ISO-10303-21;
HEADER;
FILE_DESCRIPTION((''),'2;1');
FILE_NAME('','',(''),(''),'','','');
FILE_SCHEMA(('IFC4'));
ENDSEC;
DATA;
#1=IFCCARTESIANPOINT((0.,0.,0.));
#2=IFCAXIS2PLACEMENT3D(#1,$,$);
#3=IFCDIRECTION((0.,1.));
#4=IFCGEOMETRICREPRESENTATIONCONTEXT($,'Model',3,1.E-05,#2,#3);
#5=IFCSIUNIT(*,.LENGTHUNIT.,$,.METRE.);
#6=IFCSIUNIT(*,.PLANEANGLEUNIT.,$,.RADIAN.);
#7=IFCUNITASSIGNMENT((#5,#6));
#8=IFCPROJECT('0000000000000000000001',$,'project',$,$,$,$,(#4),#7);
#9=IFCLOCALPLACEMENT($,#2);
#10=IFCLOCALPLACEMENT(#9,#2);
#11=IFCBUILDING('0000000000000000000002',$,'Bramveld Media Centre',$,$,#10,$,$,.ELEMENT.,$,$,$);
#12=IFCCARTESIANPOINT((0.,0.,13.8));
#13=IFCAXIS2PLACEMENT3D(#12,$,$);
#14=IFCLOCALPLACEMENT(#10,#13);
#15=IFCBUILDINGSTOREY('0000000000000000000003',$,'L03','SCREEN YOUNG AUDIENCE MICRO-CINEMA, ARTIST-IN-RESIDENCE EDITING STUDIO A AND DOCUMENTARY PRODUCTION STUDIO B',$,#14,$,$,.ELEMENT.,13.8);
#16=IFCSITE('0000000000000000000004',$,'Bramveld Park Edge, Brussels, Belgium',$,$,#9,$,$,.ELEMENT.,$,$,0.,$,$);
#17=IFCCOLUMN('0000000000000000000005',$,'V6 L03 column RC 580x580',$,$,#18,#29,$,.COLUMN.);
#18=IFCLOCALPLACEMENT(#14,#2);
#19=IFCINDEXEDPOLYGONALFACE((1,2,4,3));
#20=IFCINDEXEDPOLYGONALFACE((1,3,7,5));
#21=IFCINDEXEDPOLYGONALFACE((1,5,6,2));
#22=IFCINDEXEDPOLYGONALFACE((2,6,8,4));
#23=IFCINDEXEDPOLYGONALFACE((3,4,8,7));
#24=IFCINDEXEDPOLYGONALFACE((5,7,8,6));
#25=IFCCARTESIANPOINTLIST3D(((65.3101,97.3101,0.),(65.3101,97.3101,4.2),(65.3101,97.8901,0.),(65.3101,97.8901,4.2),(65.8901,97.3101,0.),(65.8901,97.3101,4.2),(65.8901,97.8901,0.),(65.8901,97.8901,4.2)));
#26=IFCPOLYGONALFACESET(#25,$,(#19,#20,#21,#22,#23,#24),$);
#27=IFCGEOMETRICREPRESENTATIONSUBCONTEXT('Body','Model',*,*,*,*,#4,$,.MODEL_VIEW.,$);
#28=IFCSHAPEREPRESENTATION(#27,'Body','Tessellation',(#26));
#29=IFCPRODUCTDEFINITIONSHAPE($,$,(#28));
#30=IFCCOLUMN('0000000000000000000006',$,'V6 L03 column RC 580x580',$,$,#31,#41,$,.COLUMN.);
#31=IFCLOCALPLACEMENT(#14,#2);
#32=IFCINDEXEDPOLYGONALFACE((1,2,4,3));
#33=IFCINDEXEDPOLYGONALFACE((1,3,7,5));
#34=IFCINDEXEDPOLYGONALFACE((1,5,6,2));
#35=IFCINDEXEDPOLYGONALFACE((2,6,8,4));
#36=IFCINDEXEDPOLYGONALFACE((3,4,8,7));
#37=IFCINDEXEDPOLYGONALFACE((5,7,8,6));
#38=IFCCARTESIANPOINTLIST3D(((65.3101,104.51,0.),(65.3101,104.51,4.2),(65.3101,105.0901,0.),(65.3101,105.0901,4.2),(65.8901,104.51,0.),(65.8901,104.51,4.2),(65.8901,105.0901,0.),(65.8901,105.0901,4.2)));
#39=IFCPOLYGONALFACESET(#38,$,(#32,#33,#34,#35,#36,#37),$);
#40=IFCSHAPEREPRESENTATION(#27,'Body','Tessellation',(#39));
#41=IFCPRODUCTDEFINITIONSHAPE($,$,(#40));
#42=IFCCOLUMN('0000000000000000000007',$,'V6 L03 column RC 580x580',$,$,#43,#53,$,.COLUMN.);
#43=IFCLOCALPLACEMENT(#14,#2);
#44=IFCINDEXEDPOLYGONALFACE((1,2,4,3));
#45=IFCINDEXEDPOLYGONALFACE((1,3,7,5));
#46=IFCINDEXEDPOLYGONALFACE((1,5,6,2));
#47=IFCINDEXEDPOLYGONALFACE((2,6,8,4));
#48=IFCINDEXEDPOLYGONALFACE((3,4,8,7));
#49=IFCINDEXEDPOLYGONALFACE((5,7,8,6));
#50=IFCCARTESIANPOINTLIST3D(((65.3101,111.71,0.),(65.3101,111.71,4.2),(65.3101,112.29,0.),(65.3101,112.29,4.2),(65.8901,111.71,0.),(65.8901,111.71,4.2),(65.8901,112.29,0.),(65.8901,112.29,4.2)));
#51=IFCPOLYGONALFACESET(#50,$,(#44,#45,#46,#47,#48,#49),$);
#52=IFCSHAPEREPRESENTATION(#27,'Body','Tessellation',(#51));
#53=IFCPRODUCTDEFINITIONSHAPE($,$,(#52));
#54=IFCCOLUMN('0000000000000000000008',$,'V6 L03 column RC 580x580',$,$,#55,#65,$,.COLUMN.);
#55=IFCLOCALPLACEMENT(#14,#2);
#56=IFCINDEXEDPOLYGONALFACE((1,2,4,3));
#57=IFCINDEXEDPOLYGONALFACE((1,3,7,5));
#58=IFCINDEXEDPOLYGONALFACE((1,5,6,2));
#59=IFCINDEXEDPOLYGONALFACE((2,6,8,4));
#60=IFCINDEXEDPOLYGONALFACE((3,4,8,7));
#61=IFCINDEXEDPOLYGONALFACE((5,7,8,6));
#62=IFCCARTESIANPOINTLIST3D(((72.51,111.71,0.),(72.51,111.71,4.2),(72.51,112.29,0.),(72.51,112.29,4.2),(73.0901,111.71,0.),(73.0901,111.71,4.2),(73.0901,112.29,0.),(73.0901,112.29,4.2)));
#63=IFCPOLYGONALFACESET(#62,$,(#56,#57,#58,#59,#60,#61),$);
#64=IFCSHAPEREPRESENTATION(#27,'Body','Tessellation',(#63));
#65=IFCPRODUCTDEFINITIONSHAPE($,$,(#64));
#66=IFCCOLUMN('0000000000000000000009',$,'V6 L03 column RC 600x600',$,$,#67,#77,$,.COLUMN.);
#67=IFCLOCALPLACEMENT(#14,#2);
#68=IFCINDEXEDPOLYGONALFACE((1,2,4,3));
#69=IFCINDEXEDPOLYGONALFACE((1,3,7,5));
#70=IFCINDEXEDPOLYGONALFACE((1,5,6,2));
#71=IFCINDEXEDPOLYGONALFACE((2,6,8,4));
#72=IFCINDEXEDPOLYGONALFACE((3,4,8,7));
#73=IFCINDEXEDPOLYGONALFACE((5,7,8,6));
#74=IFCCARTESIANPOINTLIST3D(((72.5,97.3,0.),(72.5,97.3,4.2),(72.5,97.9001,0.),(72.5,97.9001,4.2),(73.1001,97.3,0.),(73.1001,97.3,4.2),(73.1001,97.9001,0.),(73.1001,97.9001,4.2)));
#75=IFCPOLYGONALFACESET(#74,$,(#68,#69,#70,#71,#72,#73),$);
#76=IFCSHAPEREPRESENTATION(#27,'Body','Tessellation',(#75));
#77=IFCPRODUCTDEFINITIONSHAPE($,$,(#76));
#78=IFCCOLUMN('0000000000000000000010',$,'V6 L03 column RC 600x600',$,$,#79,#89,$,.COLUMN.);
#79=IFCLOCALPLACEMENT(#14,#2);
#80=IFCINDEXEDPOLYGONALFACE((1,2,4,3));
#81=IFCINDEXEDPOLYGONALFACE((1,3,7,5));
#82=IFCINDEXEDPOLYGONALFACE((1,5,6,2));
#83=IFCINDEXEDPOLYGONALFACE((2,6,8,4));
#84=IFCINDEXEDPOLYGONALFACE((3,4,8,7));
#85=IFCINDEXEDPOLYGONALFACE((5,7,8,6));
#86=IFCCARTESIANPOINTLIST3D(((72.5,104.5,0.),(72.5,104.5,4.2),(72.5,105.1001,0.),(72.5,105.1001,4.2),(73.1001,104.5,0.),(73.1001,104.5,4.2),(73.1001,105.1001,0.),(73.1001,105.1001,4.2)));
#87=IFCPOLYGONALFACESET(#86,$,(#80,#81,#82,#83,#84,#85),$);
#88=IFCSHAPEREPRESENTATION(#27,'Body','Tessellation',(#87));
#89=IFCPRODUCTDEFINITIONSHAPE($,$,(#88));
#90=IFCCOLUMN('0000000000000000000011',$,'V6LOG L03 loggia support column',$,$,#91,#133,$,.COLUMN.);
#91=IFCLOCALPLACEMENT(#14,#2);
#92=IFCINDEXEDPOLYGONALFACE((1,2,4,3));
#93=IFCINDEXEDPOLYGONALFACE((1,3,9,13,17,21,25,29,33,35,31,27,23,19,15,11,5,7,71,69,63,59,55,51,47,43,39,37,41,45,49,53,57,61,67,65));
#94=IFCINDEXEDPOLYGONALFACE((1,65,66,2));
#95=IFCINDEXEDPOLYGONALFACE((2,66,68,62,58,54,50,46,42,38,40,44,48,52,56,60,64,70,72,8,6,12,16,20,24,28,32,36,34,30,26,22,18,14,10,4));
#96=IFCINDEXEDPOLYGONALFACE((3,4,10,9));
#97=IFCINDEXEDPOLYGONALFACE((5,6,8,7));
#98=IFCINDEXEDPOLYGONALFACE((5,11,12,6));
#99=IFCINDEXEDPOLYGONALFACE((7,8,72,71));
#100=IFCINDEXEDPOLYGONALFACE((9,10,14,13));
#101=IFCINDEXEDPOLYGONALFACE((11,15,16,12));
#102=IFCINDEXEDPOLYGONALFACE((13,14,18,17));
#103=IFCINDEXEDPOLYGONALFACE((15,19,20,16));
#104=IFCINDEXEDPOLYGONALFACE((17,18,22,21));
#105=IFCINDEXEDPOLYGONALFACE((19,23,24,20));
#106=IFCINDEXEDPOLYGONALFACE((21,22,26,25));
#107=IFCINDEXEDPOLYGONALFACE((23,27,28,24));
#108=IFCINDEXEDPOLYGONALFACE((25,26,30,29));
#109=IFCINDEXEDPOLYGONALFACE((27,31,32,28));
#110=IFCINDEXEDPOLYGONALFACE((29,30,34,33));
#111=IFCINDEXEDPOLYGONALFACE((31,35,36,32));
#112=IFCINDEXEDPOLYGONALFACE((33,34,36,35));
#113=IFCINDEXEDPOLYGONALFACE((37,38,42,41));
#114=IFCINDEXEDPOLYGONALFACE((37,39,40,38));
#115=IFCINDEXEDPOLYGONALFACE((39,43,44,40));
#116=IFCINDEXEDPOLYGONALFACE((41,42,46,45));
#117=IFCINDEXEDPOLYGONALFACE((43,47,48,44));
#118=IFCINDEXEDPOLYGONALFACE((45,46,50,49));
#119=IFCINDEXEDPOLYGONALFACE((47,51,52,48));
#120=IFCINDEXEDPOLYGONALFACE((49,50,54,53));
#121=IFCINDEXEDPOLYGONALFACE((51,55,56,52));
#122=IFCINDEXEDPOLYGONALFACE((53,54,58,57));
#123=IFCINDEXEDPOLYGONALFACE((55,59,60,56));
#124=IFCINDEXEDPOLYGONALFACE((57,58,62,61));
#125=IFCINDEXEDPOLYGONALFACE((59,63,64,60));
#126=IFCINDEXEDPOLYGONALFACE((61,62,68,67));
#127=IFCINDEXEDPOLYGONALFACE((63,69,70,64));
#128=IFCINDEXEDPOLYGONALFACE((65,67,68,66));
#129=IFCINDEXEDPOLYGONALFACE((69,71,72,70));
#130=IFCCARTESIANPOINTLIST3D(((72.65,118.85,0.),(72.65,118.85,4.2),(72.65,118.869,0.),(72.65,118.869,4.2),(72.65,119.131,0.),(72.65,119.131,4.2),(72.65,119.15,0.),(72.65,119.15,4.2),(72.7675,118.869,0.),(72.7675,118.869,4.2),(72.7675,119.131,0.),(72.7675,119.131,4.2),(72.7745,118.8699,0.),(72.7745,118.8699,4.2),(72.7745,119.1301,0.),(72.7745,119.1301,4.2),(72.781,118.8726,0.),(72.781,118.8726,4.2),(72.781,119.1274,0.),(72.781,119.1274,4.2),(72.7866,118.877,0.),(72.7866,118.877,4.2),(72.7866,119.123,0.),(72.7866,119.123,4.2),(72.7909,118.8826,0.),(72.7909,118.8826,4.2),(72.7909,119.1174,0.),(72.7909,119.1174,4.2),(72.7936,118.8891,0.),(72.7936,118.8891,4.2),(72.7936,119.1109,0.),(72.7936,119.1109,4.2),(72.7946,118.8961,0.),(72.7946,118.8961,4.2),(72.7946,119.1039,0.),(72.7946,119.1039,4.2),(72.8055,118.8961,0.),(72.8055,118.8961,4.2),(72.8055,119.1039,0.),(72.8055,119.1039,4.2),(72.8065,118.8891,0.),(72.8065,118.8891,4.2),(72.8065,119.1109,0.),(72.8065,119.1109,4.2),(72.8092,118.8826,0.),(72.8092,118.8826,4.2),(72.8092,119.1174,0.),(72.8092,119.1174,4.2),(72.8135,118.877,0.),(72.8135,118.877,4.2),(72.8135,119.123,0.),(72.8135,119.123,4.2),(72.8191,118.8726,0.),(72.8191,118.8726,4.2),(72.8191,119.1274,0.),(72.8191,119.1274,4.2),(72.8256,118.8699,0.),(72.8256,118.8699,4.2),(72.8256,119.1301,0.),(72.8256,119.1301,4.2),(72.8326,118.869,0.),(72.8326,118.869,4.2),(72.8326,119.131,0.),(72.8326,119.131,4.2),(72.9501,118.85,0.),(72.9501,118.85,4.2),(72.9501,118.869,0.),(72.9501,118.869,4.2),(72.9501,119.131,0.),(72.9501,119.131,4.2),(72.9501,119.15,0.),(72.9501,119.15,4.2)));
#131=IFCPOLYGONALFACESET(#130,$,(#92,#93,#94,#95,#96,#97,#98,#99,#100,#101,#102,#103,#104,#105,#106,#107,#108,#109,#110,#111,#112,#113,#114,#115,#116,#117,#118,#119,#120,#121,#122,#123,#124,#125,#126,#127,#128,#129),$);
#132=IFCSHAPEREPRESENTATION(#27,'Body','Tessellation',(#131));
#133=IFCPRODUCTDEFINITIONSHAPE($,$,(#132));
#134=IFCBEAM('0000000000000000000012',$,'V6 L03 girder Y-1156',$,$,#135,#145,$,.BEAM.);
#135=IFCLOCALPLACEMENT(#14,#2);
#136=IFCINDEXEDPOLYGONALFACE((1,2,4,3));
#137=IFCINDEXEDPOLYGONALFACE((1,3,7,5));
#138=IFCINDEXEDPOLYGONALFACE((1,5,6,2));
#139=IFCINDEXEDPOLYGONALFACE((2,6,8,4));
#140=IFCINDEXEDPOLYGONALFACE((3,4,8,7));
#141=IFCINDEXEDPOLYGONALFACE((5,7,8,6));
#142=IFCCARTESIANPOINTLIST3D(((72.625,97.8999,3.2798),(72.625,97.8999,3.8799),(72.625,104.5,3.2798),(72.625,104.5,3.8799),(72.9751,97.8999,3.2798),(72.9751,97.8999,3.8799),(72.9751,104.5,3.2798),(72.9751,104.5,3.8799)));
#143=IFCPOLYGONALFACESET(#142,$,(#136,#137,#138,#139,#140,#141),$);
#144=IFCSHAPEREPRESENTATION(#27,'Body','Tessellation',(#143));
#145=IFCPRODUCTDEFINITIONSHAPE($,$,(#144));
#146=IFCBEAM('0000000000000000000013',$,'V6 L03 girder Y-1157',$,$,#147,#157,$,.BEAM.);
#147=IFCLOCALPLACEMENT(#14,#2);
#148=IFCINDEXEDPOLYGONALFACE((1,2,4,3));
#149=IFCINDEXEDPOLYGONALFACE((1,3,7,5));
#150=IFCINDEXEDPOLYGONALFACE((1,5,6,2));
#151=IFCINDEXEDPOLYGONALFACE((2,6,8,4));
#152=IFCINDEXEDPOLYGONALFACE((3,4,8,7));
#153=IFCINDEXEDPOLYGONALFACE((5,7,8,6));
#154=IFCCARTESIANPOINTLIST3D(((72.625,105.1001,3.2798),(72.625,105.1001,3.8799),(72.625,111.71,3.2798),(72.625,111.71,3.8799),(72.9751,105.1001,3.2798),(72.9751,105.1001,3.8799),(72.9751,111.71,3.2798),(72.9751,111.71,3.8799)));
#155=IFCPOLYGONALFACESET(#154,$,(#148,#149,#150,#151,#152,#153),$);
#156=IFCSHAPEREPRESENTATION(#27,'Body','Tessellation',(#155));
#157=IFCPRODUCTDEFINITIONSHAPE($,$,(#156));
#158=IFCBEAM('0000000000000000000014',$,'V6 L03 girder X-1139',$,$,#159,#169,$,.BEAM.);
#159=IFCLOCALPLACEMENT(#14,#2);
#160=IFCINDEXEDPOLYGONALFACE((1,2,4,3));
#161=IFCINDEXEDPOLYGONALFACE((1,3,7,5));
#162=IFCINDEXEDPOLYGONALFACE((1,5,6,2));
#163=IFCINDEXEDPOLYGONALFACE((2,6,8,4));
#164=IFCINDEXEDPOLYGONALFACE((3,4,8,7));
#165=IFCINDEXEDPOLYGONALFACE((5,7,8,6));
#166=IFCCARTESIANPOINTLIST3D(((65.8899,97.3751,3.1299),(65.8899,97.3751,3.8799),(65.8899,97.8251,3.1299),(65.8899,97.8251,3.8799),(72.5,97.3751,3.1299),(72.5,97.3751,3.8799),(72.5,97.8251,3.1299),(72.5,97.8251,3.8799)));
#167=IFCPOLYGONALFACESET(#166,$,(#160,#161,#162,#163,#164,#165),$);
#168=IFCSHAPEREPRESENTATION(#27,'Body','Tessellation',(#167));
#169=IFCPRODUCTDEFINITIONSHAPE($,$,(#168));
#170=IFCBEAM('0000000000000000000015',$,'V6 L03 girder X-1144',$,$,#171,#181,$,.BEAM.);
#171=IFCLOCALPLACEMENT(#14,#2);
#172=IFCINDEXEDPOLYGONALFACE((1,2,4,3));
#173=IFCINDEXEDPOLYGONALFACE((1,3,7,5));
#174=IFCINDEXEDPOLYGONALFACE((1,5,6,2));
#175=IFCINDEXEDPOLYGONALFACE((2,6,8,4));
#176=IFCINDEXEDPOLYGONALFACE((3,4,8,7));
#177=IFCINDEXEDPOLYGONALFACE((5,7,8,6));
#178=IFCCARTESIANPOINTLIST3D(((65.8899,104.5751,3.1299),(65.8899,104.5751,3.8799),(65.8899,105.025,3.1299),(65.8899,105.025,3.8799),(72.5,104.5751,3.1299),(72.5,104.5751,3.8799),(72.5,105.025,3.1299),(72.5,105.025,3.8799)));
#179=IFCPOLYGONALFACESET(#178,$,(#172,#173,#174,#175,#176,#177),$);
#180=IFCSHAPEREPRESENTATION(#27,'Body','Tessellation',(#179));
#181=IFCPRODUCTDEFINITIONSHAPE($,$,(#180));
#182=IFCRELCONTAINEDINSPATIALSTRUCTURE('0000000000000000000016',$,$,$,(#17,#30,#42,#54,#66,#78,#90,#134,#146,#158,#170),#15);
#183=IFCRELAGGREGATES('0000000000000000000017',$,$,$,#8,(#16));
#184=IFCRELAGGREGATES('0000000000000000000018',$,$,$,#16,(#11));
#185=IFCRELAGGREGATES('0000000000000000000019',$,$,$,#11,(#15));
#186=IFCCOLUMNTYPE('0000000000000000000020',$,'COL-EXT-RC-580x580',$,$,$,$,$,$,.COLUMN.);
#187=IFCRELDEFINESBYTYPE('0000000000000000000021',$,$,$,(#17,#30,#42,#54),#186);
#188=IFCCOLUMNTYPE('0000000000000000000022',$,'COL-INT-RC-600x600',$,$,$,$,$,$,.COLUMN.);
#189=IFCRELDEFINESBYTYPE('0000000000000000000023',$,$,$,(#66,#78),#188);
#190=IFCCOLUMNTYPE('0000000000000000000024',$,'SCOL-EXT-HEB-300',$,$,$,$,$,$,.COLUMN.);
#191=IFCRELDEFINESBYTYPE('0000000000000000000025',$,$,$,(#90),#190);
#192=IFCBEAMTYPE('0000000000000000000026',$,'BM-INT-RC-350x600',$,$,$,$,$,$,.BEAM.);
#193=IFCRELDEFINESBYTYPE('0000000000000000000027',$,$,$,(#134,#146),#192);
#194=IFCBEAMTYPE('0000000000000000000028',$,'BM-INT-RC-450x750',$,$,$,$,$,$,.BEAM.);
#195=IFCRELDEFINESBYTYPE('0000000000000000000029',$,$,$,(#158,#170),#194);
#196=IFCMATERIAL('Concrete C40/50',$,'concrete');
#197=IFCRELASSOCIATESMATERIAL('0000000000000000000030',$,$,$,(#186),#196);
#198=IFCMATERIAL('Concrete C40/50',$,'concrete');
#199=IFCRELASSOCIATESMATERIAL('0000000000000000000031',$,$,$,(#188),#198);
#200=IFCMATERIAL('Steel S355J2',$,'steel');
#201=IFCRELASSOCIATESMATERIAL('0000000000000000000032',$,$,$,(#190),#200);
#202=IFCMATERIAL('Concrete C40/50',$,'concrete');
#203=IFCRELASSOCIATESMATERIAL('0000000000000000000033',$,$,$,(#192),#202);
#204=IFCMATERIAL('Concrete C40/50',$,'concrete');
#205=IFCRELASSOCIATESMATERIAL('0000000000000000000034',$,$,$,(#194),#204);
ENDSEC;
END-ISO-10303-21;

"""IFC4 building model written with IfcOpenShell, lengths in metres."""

from ifc_helpers import new_model, si_unit, direction, frame, origin, origin_2d, place, context, subcontext, project, spatial, rectangle, i_section, extrude, material, material_profile, profile_set, type_object, element, save


model = new_model("IFC4")

# Units and contexts
model_context = context("Model", 3, precision=1e-05, world=origin(), true_north=direction((0.0, 1.0)))
body_context = subcontext(model_context, "Body", "Model", "MODEL_VIEW")
ifc_project = project(units=[si_unit("LENGTHUNIT", "METRE"), si_unit("PLANEANGLEUNIT", "RADIAN")], contexts=[model_context])

# Site, building, storey
site_placement = place(None, origin())
site = spatial("IfcSite", under=ifc_project, at=site_placement, Name="Bramveld Park Edge, Brussels, Belgium", CompositionType="ELEMENT", RefElevation=0.0)
building_placement = place(site_placement, origin())
building = spatial("IfcBuilding", under=site, at=building_placement, Name="Bramveld Media Centre", CompositionType="ELEMENT")
storey_placement = place(building_placement, frame((0.0, 0.0, 13.8)))
storey = spatial("IfcBuildingStorey", under=building, at=storey_placement, Name="L03", Description="SCREEN YOUNG AUDIENCE MICRO-CINEMA, ARTIST-IN-RESIDENCE EDITING STUDIO A AND DOCUMENTARY PRODUCTION STUDIO B", CompositionType="ELEMENT", Elevation=13.8)

# Columns
ifc_material_1 = material(Name="Concrete C40/50", Category="concrete")
ifc_material_profile_1 = material_profile(ifc_material_1, rectangle(XDim=0.5801, YDim=0.5801, at=origin_2d()), Name="RC 580x580")
ifc_profile_set_1 = profile_set([ifc_material_profile_1], Name="Concrete C40/50")
column_type_1 = type_object("IfcColumnType", Name="COL-EXT-RC-580x580", PredefinedType="COLUMN", material=ifc_profile_set_1)
for number, where, z_axis, x_axis, name in (
    (1, (65.6001, 97.6001, 0.0), (0.0, 0.0, 1.0), (1.0, 0.0, 0.0), "V6 L03 column RC 580x580"),
    (2, (65.6001, 104.8, 0.0), (0.0, 0.0, 1.0), (1.0, 0.0, 0.0), "V6 L03 column RC 580x580"),
    (3, (65.6001, 112.0, 0.0), (0.0, 0.0, 1.0), (1.0, 0.0, 0.0), "V6 L03 column RC 580x580"),
    (4, (72.8, 112.0, 0.0), (0.0, 0.0, 1.0), (1.0, 0.0, 0.0), "V6 L03 column RC 580x580"),
):
    element("IfcColumn", number, at=place(storey_placement, frame(where, z_axis=z_axis, x_axis=x_axis)), inside=storey, type_object=column_type_1, Name=name, PredefinedType="COLUMN", context=body_context, shape_type="SweptSolid", body=[
        extrude(rectangle(XDim=0.5801, YDim=0.5801, at=origin_2d()), origin(), (0.0, 0.0, 1.0), 4.2),
    ])
ifc_material_2 = material(Name="Concrete C40/50", Category="concrete")
ifc_material_profile_2 = material_profile(ifc_material_2, rectangle(XDim=0.6001, YDim=0.6001, at=origin_2d()), Name="RC 600x600")
ifc_profile_set_2 = profile_set([ifc_material_profile_2], Name="Concrete C40/50")
column_type_2 = type_object("IfcColumnType", Name="COL-INT-RC-600x600", PredefinedType="COLUMN", material=ifc_profile_set_2)
for number, where, z_axis, x_axis, name in (
    (5, (72.8, 97.6001, 0.0), (0.0, 0.0, 1.0), (1.0, 0.0, 0.0), "V6 L03 column RC 600x600"),
    (6, (72.8, 104.8, 0.0), (0.0, 0.0, 1.0), (1.0, 0.0, 0.0), "V6 L03 column RC 600x600"),
):
    element("IfcColumn", number, at=place(storey_placement, frame(where, z_axis=z_axis, x_axis=x_axis)), inside=storey, type_object=column_type_2, Name=name, PredefinedType="COLUMN", context=body_context, shape_type="SweptSolid", body=[
        extrude(rectangle(XDim=0.6001, YDim=0.6001, at=origin_2d()), origin(), (0.0, 0.0, 1.0), 4.2),
    ])
ifc_material_3 = material(Name="Steel S355J2", Category="steel")
ifc_material_profile_3 = material_profile(ifc_material_3, i_section(OverallWidth=0.3, OverallDepth=0.3, WebThickness=0.011, FlangeThickness=0.019, FilletRadius=0.0271, at=origin_2d()), Name="HEB 300")
ifc_profile_set_3 = profile_set([ifc_material_profile_3], Name="Steel S355J2")
column_type_3 = type_object("IfcColumnType", Name="SCOL-EXT-HEB-300", PredefinedType="COLUMN", material=ifc_profile_set_3)
column_placement = place(storey_placement, frame((72.8, 119.0, 0.0), z_axis=(0.0, 0.0, 1.0), x_axis=(1.0, 0.0, 0.0)))
element("IfcColumn", 7, at=column_placement, inside=storey, type_object=column_type_3, Name="V6LOG L03 loggia support column", PredefinedType="COLUMN", context=body_context, shape_type="SweptSolid", body=[
    extrude(i_section(OverallWidth=0.3, OverallDepth=0.3, WebThickness=0.011, FlangeThickness=0.019, FilletRadius=0.0271, at=origin_2d()), origin(), (0.0, 0.0, 1.0), 4.2),
])

# Beams
ifc_material_4 = material(Name="Concrete C40/50", Category="concrete")
ifc_material_profile_4 = material_profile(ifc_material_4, rectangle(XDim=0.3501, YDim=0.6001, at=origin_2d()), Name="RC 350x600")
ifc_profile_set_4 = profile_set([ifc_material_profile_4], Name="Concrete C40/50")
beam_type_1 = type_object("IfcBeamType", Name="BM-INT-RC-350x600", PredefinedType="BEAM", material=ifc_profile_set_4)
beam_1_placement = place(storey_placement, frame((72.8, 97.8999, 3.5798), z_axis=(0.0, 1.0, 0.0), x_axis=(-1.0, 0.0, 0.0)))
element("IfcBeam", 8, at=beam_1_placement, inside=storey, type_object=beam_type_1, Name="V6 L03 girder Y-1156", PredefinedType="BEAM", context=body_context, shape_type="SweptSolid", body=[
    extrude(rectangle(XDim=0.3501, YDim=0.6001, at=origin_2d()), origin(), (0.0, 0.0, 1.0), 6.6001),
])
beam_2_placement = place(storey_placement, frame((72.8, 105.1001, 3.5798), z_axis=(0.0, 1.0, 0.0), x_axis=(-1.0, 0.0, 0.0)))
element("IfcBeam", 9, at=beam_2_placement, inside=storey, type_object=beam_type_1, Name="V6 L03 girder Y-1157", PredefinedType="BEAM", context=body_context, shape_type="SweptSolid", body=[
    extrude(rectangle(XDim=0.3501, YDim=0.6001, at=origin_2d()), origin(), (0.0, 0.0, 1.0), 6.6099),
])
ifc_material_5 = material(Name="Concrete C40/50", Category="concrete")
ifc_material_profile_5 = material_profile(ifc_material_5, rectangle(XDim=0.45, YDim=0.75, at=origin_2d()), Name="RC 450x750")
ifc_profile_set_5 = profile_set([ifc_material_profile_5], Name="Concrete C40/50")
beam_type_2 = type_object("IfcBeamType", Name="BM-INT-RC-450x750", PredefinedType="BEAM", material=ifc_profile_set_5)
for number, where, z_axis, x_axis, name in (
    (10, (65.8899, 97.6001, 3.5049), (1.0, 0.0, 0.0), (0.0, 1.0, 0.0), "V6 L03 girder X-1139"),
    (11, (65.8899, 104.8, 3.5049), (1.0, 0.0, 0.0), (0.0, 1.0, 0.0), "V6 L03 girder X-1144"),
):
    element("IfcBeam", number, at=place(storey_placement, frame(where, z_axis=z_axis, x_axis=x_axis)), inside=storey, type_object=beam_type_2, Name=name, PredefinedType="BEAM", context=body_context, shape_type="SweptSolid", body=[
        extrude(rectangle(XDim=0.45, YDim=0.75, at=origin_2d()), origin(), (0.0, 0.0, 1.0), 6.6101),
    ])

save(model, "model.ifc")
